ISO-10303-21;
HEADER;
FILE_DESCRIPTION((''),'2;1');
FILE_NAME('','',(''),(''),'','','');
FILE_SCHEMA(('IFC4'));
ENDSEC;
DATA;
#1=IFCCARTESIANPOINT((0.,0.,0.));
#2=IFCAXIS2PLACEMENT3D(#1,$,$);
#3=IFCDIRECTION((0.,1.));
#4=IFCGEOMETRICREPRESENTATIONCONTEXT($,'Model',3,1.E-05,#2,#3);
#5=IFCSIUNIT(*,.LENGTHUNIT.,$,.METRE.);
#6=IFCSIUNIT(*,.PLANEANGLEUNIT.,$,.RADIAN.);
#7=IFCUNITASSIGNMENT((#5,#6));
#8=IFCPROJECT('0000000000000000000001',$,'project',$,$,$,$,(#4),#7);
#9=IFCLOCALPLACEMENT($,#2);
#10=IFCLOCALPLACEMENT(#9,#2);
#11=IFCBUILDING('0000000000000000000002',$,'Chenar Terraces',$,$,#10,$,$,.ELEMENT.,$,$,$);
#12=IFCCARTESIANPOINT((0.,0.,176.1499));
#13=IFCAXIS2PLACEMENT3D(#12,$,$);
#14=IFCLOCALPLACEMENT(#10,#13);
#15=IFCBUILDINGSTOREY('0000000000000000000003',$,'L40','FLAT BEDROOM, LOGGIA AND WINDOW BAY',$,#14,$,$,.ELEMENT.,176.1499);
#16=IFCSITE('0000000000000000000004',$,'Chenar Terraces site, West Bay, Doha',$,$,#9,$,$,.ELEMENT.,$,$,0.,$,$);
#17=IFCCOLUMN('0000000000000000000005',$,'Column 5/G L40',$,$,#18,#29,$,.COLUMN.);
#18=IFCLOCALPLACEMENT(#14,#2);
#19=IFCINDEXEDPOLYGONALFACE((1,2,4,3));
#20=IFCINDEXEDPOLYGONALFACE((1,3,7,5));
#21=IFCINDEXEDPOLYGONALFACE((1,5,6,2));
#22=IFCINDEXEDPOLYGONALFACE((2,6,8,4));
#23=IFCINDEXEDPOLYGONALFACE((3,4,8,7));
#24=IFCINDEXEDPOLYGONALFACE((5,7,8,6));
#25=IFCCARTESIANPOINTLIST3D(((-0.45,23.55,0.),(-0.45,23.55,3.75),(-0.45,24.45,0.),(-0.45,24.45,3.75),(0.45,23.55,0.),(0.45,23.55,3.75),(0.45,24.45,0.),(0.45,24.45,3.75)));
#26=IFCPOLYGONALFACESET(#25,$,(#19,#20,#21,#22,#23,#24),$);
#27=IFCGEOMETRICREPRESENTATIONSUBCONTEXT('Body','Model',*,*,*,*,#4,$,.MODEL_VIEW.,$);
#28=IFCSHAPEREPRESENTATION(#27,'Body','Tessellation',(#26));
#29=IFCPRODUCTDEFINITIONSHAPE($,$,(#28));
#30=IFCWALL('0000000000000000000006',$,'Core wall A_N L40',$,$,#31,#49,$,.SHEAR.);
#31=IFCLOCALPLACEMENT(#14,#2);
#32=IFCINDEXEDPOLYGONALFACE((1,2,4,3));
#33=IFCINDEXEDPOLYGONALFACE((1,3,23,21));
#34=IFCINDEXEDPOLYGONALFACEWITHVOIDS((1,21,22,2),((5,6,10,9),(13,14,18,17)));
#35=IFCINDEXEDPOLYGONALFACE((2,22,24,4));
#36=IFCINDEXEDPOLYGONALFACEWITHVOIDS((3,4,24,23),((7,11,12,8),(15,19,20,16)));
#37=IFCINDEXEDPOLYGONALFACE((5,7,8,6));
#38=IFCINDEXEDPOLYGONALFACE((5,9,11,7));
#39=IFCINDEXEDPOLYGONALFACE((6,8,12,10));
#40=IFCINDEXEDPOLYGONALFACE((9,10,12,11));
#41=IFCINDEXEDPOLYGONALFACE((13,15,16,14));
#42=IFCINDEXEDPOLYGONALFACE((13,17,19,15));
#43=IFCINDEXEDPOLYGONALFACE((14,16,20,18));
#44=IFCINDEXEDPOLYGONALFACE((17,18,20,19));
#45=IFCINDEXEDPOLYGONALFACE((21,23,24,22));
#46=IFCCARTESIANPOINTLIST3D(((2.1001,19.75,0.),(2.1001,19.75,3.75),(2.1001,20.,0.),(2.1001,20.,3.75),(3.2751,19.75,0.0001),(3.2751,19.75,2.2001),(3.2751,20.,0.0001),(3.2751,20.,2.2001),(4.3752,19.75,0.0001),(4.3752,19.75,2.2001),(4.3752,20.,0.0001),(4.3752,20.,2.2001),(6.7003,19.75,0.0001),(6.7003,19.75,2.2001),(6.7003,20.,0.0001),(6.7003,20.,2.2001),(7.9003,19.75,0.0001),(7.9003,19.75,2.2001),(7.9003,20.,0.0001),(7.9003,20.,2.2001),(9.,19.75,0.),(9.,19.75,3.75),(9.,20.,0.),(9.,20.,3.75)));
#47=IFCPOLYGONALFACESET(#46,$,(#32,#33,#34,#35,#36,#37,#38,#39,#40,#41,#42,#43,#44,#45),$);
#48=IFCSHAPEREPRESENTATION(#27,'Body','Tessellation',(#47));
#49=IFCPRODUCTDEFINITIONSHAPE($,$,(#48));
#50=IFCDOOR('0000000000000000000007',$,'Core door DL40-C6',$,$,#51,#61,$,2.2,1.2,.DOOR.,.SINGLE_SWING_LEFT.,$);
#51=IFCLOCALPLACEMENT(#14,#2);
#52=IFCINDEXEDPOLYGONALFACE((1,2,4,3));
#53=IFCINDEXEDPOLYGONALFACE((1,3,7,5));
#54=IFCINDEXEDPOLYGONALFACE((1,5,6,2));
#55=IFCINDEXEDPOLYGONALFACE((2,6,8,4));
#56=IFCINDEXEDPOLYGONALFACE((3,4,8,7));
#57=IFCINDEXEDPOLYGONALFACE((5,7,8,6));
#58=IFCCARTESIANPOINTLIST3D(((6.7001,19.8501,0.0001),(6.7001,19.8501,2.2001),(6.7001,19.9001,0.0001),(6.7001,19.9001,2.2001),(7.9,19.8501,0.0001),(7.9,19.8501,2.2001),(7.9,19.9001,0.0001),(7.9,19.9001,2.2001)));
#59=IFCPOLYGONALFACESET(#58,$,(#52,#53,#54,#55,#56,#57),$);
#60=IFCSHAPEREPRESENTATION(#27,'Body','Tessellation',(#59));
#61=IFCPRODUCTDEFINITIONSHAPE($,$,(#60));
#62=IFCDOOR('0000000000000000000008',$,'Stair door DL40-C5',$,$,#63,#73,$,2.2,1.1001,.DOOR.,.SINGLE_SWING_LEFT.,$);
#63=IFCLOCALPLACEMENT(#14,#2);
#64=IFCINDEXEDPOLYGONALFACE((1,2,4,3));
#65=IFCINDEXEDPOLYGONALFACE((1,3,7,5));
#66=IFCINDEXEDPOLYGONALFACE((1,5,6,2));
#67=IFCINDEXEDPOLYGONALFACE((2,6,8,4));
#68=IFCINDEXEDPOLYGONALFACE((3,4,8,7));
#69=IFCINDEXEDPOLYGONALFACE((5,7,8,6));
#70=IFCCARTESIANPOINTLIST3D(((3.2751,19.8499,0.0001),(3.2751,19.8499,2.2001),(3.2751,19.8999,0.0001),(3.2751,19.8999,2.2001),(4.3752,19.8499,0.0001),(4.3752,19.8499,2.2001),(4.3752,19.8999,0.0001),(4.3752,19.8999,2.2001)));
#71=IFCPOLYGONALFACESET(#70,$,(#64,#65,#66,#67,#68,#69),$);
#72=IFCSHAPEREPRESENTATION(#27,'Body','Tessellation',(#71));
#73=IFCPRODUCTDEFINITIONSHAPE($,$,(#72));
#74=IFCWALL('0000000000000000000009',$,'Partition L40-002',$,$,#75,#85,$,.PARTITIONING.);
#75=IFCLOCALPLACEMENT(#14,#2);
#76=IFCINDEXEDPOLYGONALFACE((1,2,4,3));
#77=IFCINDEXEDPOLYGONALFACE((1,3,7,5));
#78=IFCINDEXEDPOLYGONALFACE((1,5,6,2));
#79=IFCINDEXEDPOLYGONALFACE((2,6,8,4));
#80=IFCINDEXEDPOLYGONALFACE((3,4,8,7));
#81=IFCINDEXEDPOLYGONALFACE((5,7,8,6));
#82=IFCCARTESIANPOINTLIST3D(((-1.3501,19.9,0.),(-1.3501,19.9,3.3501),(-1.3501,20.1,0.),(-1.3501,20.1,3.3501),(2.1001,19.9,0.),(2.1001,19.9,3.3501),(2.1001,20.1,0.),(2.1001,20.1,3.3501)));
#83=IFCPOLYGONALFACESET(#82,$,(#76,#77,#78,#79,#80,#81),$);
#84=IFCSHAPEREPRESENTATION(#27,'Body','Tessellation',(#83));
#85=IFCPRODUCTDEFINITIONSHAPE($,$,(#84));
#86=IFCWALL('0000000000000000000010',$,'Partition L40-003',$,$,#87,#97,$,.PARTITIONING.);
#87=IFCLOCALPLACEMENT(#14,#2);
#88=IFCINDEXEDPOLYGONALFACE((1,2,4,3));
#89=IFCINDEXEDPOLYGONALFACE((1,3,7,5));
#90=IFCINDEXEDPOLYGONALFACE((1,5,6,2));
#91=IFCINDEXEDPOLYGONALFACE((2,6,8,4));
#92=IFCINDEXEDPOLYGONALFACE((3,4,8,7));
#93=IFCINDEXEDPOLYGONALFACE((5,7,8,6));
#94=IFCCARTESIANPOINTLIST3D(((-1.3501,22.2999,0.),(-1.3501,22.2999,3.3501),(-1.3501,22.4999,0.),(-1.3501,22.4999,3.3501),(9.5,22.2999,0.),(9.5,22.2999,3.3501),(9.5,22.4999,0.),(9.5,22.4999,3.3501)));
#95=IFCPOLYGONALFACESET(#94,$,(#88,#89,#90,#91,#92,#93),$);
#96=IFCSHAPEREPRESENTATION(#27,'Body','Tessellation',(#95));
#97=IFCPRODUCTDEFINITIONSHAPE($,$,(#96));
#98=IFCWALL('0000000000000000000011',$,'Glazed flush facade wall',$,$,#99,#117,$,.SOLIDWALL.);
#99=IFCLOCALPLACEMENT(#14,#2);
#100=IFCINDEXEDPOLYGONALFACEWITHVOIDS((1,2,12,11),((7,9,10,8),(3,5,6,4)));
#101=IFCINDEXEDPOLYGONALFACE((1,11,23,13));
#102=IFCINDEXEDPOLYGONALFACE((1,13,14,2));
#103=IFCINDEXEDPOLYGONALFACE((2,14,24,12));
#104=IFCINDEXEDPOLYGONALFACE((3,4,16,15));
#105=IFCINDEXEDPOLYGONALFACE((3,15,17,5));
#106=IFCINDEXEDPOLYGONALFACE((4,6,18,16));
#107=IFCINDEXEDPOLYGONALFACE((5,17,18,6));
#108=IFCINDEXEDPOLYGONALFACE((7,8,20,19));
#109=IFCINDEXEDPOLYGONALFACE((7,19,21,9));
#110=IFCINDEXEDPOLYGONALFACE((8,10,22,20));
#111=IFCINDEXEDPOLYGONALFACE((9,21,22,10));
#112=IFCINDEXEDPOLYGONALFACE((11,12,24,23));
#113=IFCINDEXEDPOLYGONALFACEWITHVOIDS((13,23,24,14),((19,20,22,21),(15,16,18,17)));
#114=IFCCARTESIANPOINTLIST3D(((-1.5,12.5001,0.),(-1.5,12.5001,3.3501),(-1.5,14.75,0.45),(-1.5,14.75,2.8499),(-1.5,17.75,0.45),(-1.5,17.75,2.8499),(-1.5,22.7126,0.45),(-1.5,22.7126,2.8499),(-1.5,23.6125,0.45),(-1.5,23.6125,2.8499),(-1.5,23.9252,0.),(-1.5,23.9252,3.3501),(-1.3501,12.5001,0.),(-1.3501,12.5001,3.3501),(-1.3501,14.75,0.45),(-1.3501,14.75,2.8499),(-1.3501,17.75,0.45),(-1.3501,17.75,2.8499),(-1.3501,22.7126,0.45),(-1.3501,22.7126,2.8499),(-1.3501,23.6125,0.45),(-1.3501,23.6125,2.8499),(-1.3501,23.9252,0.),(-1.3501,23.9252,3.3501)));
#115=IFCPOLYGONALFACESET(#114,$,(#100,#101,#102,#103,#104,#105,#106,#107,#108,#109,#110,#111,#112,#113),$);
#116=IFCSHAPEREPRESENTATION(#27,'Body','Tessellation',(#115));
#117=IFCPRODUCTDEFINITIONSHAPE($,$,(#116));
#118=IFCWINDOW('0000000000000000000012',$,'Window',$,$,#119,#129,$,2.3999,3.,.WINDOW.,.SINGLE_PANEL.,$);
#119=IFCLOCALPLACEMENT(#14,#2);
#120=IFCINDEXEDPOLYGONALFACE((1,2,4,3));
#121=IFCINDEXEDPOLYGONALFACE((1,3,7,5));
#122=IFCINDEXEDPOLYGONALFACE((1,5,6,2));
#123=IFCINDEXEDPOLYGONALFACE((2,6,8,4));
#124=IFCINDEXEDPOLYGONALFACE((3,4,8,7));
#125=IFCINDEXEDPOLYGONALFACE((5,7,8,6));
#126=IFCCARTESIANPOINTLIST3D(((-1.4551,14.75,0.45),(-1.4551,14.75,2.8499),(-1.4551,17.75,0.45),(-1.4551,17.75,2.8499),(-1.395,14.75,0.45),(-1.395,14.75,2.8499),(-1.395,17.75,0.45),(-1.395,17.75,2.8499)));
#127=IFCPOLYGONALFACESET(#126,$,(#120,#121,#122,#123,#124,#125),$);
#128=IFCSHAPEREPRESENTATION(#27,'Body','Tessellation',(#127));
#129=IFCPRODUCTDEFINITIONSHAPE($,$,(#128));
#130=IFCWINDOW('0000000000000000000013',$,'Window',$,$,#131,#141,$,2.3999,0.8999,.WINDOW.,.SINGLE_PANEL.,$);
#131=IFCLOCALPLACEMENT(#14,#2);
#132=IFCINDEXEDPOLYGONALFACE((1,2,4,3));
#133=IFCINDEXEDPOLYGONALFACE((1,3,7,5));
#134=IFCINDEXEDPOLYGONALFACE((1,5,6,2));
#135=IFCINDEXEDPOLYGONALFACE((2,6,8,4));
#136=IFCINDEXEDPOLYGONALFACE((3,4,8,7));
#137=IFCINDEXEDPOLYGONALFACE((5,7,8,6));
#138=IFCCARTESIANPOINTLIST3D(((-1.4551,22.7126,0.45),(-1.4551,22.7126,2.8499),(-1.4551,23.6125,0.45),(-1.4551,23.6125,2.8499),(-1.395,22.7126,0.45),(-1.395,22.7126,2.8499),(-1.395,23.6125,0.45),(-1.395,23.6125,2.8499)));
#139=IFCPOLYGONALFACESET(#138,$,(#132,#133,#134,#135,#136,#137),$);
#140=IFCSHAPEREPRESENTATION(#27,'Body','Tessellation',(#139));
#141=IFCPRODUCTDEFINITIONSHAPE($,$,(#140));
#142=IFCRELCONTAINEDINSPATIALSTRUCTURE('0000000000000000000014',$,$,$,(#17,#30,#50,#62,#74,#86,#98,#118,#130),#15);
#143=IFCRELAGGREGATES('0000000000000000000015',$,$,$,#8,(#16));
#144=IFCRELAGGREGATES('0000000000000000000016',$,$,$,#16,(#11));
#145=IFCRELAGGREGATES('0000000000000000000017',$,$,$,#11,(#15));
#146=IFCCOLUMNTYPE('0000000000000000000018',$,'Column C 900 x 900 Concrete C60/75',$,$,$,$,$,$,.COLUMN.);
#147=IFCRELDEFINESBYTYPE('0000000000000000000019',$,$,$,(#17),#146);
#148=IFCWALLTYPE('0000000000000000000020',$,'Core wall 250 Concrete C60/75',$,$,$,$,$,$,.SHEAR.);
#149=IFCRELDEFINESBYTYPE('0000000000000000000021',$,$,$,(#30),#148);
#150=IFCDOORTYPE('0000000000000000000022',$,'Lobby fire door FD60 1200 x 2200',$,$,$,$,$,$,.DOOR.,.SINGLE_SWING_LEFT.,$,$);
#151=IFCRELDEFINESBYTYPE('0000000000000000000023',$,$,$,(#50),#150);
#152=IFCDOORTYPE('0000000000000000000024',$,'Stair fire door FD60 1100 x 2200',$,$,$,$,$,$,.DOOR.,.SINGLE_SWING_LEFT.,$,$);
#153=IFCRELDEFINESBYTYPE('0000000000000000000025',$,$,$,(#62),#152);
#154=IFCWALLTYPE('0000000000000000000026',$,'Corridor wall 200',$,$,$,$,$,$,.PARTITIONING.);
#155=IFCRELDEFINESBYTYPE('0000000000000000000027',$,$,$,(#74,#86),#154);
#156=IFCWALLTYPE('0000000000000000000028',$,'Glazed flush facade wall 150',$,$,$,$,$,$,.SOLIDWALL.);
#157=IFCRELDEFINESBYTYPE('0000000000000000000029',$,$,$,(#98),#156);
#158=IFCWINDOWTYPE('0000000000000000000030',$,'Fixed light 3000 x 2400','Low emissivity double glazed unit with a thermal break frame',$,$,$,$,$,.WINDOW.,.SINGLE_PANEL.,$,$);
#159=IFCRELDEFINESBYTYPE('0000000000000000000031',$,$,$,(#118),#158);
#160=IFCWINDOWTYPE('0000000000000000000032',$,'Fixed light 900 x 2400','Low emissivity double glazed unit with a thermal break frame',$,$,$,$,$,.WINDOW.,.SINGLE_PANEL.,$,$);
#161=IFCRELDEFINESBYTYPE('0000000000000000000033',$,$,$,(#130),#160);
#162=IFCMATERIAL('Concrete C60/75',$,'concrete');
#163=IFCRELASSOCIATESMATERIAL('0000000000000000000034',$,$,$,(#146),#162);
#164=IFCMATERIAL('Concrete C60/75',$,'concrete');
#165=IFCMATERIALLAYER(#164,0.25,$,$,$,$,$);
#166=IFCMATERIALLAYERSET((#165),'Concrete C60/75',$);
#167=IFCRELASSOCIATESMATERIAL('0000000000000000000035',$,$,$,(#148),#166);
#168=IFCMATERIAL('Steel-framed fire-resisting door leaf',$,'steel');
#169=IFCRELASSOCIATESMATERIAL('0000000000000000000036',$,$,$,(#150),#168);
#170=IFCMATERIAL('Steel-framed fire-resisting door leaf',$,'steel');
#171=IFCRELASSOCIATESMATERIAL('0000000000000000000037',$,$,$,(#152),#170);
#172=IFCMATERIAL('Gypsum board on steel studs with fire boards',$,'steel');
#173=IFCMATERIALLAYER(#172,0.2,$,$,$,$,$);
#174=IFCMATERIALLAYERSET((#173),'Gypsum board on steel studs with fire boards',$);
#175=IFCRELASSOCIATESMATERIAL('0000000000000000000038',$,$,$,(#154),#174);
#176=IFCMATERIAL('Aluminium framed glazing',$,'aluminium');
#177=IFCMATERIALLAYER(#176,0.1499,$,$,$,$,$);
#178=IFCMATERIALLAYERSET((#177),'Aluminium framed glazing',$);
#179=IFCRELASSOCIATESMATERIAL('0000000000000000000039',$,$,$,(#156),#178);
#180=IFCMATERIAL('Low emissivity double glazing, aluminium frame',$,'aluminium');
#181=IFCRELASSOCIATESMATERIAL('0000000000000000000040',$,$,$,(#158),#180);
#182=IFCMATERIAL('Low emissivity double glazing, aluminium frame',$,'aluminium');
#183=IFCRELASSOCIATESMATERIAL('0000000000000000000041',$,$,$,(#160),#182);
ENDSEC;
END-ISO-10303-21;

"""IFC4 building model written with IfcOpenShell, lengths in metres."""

from ifc_helpers import new_model, si_unit, direction, frame, frame_2d, origin, origin_2d, place, context, subcontext, project, spatial, rectangle, extrude, material, layer, layer_set, material_profile, profile_set, type_object, element, fill, save


model = new_model("IFC4")

# Units and contexts
model_context = context("Model", 3, precision=1e-05, world=origin(), true_north=direction((0.0, 1.0)))
body_context = subcontext(model_context, "Body", "Model", "MODEL_VIEW")
ifc_project = project(units=[si_unit("LENGTHUNIT", "METRE"), si_unit("PLANEANGLEUNIT", "RADIAN")], contexts=[model_context])

# Site, building, storey
site_placement = place(None, origin())
site = spatial("IfcSite", under=ifc_project, at=site_placement, Name="Chenar Terraces site, West Bay, Doha", CompositionType="ELEMENT", RefElevation=0.0)
building_placement = place(site_placement, origin())
building = spatial("IfcBuilding", under=site, at=building_placement, Name="Chenar Terraces", CompositionType="ELEMENT")
storey_placement = place(building_placement, frame((0.0, 0.0, 176.1499)))
storey = spatial("IfcBuildingStorey", under=building, at=storey_placement, Name="L40", Description="FLAT BEDROOM, LOGGIA AND WINDOW BAY", CompositionType="ELEMENT", Elevation=176.1499)

# Column
ifc_material_1 = material(Name="Concrete C60/75", Category="concrete")
ifc_material_profile = material_profile(ifc_material_1, rectangle(XDim=0.8999, YDim=0.8999, at=origin_2d()), Name="C 900 x 900")
ifc_profile_set = profile_set([ifc_material_profile], Name="Concrete C60/75")
column_type = type_object("IfcColumnType", Name="Column C 900 x 900 Concrete C60/75", PredefinedType="COLUMN", material=ifc_profile_set)
column_placement = place(storey_placement, frame((0.0, 24.0, 0.0), z_axis=(0.0, 0.0, 1.0), x_axis=(1.0, 0.0, 0.0)))
element("IfcColumn", 1, at=column_placement, inside=storey, type_object=column_type, Name="Column 5/G L40", PredefinedType="COLUMN", context=body_context, shape_type="SweptSolid", body=[
    extrude(rectangle(XDim=0.8999, YDim=0.8999, at=origin_2d()), origin(), (0.0, 0.0, 1.0), 3.75),
])

# Wall, openings, doors
ifc_material_2 = material(Name="Concrete C60/75", Category="concrete")
ifc_layer_1 = layer(ifc_material_2, 0.25)
ifc_layer_set_1 = layer_set([ifc_layer_1], Name="Concrete C60/75")
wall_type_1 = type_object("IfcWallType", Name="Core wall 250 Concrete C60/75", PredefinedType="SHEAR", material=ifc_layer_set_1)
wall_1_placement = place(storey_placement, frame((2.1001, 19.875, 0.0), z_axis=(0.0, 0.0, 1.0), x_axis=(1.0, 0.0, 0.0)))
wall_1 = element("IfcWall", 2, at=wall_1_placement, inside=storey, type_object=wall_type_1, Name="Core wall A_N L40", PredefinedType="SHEAR", context=body_context, shape_type="SweptSolid", body=[
    extrude(rectangle(XDim=6.8999, YDim=0.25, at=frame_2d((3.45, 0.0))), origin(), (0.0, 0.0, 1.0), 3.75),
])
opening_1_placement = place(wall_1_placement, frame((1.175, 0.0, 0.0)))
opening_1 = element("IfcOpeningElement", 3, at=opening_1_placement, cuts=wall_1, PredefinedType="OPENING", context=body_context, shape_type="SweptSolid", body=[
    extrude(rectangle(XDim=1.1001, YDim=2.2, at=frame_2d((0.55, 1.1001))), frame((0.0, 0.135, 0.0), z_axis=(0.0, -1.0, 0.0), x_axis=(1.0, 0.0, 0.0)), (0.0, 0.0, 1.0), 0.27),
])
opening_2_placement = place(wall_1_placement, frame((4.6001, 0.0, 0.0)))
opening_2 = element("IfcOpeningElement", 4, at=opening_2_placement, cuts=wall_1, PredefinedType="OPENING", context=body_context, shape_type="SweptSolid", body=[
    extrude(rectangle(XDim=1.2, YDim=2.2, at=frame_2d((0.6001, 1.1001))), frame((0.0, 0.135, 0.0), z_axis=(0.0, -1.0, 0.0), x_axis=(1.0, 0.0, 0.0)), (0.0, 0.0, 1.0), 0.27),
])
ifc_material_3 = material(Name="Steel-framed fire-resisting door leaf", Category="steel")
door_type_1 = type_object("IfcDoorType", Name="Lobby fire door FD60 1200 x 2200", OperationType="SINGLE_SWING_LEFT", PredefinedType="DOOR", material=ifc_material_3)
door_1_placement = place(opening_2_placement, frame((1.2, 0.0, 0.0), z_axis=(0.0, 0.0, 1.0), x_axis=(-1.0, 0.0, 0.0)))
door_1 = element("IfcDoor", 5, at=door_1_placement, inside=storey, type_object=door_type_1, Name="Core door DL40-C6", OperationType="SINGLE_SWING_LEFT", OverallHeight=2.2, OverallWidth=1.2, PredefinedType="DOOR", context=body_context, shape_type="SweptSolid", body=[
    extrude(rectangle(XDim=1.2, YDim=2.2, at=frame_2d((0.6001, 1.1001))), frame((0.0, 0.0249, 0.0), z_axis=(0.0, -1.0, 0.0), x_axis=(1.0, 0.0, 0.0)), (0.0, 0.0, 1.0), 0.05),
])
fill(opening_2, door_1)
ifc_material_4 = material(Name="Steel-framed fire-resisting door leaf", Category="steel")
door_type_2 = type_object("IfcDoorType", Name="Stair fire door FD60 1100 x 2200", OperationType="SINGLE_SWING_LEFT", PredefinedType="DOOR", material=ifc_material_4)
door_2_placement = place(opening_1_placement, origin())
door_2 = element("IfcDoor", 6, at=door_2_placement, inside=storey, type_object=door_type_2, Name="Stair door DL40-C5", OperationType="SINGLE_SWING_LEFT", OverallHeight=2.2, OverallWidth=1.1001, PredefinedType="DOOR", context=body_context, shape_type="SweptSolid", body=[
    extrude(rectangle(XDim=1.1001, YDim=2.2, at=frame_2d((0.55, 1.1001))), frame((0.0, 0.0249, 0.0), z_axis=(0.0, -1.0, 0.0), x_axis=(1.0, 0.0, 0.0)), (0.0, 0.0, 1.0), 0.05),
])
fill(opening_1, door_2)

# Walls
ifc_material_5 = material(Name="Gypsum board on steel studs with fire boards", Category="steel")
ifc_layer_2 = layer(ifc_material_5, 0.2)
ifc_layer_set_2 = layer_set([ifc_layer_2], Name="Gypsum board on steel studs with fire boards")
wall_type_2 = type_object("IfcWallType", Name="Corridor wall 200", PredefinedType="PARTITIONING", material=ifc_layer_set_2)
wall_2_placement = place(storey_placement, frame((-1.3501, 20.0, 0.0), z_axis=(0.0, 0.0, 1.0), x_axis=(1.0, 0.0, 0.0)))
element("IfcWall", 7, at=wall_2_placement, inside=storey, type_object=wall_type_2, Name="Partition L40-002", PredefinedType="PARTITIONING", context=body_context, shape_type="SweptSolid", body=[
    extrude(rectangle(XDim=3.4502, YDim=0.2, at=frame_2d((1.7251, 0.0))), origin(), (0.0, 0.0, 1.0), 3.3501),
])
wall_3_placement = place(storey_placement, frame((-1.3501, 22.3999, 0.0), z_axis=(0.0, 0.0, 1.0), x_axis=(1.0, 0.0, 0.0)))
element("IfcWall", 8, at=wall_3_placement, inside=storey, type_object=wall_type_2, Name="Partition L40-003", PredefinedType="PARTITIONING", context=body_context, shape_type="SweptSolid", body=[
    extrude(rectangle(XDim=10.8501, YDim=0.2, at=frame_2d((5.425, 0.0))), origin(), (0.0, 0.0, 1.0), 3.3501),
])

# Wall, openings, windows
ifc_material_6 = material(Name="Aluminium framed glazing", Category="aluminium")
ifc_layer_3 = layer(ifc_material_6, 0.1499)
ifc_layer_set_3 = layer_set([ifc_layer_3], Name="Aluminium framed glazing")
wall_type_3 = type_object("IfcWallType", Name="Glazed flush facade wall 150", PredefinedType="SOLIDWALL", material=ifc_layer_set_3)
wall_4_placement = place(storey_placement, frame((-1.425, 23.925, 0.0), z_axis=(0.0, 0.0, 1.0), x_axis=(0.0, -1.0, 0.0)))
wall_4 = element("IfcWall", 9, at=wall_4_placement, inside=storey, type_object=wall_type_3, Name="Glazed flush facade wall", PredefinedType="SOLIDWALL", context=body_context, shape_type="SweptSolid", body=[
    extrude(rectangle(XDim=11.425, YDim=0.1499, at=frame_2d((5.7124, 0.0))), origin(), (0.0, 0.0, 1.0), 3.3501),
])
opening_3_placement = place(wall_4_placement, frame((0.3125, 0.0, 0.45)))
opening_3 = element("IfcOpeningElement", 10, at=opening_3_placement, cuts=wall_4, PredefinedType="OPENING", context=body_context, shape_type="SweptSolid", body=[
    extrude(rectangle(XDim=0.8999, YDim=2.3999, at=frame_2d((0.45, 1.2))), frame((0.0, 0.085, 0.0), z_axis=(0.0, -1.0, 0.0), x_axis=(1.0, 0.0, 0.0)), (0.0, 0.0, 1.0), 0.1699),
])
opening_4_placement = place(wall_4_placement, frame((6.175, 0.0, 0.45)))
opening_4 = element("IfcOpeningElement", 11, at=opening_4_placement, cuts=wall_4, PredefinedType="OPENING", context=body_context, shape_type="SweptSolid", body=[
    extrude(rectangle(XDim=3.0, YDim=2.3999, at=frame_2d((1.5, 1.2))), frame((0.0, 0.085, 0.0), z_axis=(0.0, -1.0, 0.0), x_axis=(1.0, 0.0, 0.0)), (0.0, 0.0, 1.0), 0.1699),
])
ifc_material_7 = material(Name="Low emissivity double glazing, aluminium frame", Category="aluminium")
window_type_1 = type_object("IfcWindowType", Name="Fixed light 3000 x 2400", Description="Low emissivity double glazed unit with a thermal break frame", PartitioningType="SINGLE_PANEL", PredefinedType="WINDOW", material=ifc_material_7)
window_1_placement = place(opening_4_placement, origin())
window_1 = element("IfcWindow", 12, at=window_1_placement, inside=storey, type_object=window_type_1, Name="Window", OverallHeight=2.3999, OverallWidth=3.0, PartitioningType="SINGLE_PANEL", PredefinedType="WINDOW", context=body_context, shape_type="SweptSolid", body=[
    extrude(rectangle(XDim=3.0, YDim=2.3999, at=frame_2d((1.5, 1.2))), frame((0.0, 0.03, 0.0), z_axis=(0.0, -1.0, 0.0), x_axis=(1.0, 0.0, 0.0)), (0.0, 0.0, 1.0), 0.0601),
])
fill(opening_4, window_1)
ifc_material_8 = material(Name="Low emissivity double glazing, aluminium frame", Category="aluminium")
window_type_2 = type_object("IfcWindowType", Name="Fixed light 900 x 2400", Description="Low emissivity double glazed unit with a thermal break frame", PartitioningType="SINGLE_PANEL", PredefinedType="WINDOW", material=ifc_material_8)
window_2_placement = place(opening_3_placement, origin())
window_2 = element("IfcWindow", 13, at=window_2_placement, inside=storey, type_object=window_type_2, Name="Window", OverallHeight=2.3999, OverallWidth=0.8999, PartitioningType="SINGLE_PANEL", PredefinedType="WINDOW", context=body_context, shape_type="SweptSolid", body=[
    extrude(rectangle(XDim=0.8999, YDim=2.3999, at=frame_2d((0.45, 1.2))), frame((0.0, 0.03, 0.0), z_axis=(0.0, -1.0, 0.0), x_axis=(1.0, 0.0, 0.0)), (0.0, 0.0, 1.0), 0.0601),
])
fill(opening_3, window_2)

save(model, "model.ifc")
